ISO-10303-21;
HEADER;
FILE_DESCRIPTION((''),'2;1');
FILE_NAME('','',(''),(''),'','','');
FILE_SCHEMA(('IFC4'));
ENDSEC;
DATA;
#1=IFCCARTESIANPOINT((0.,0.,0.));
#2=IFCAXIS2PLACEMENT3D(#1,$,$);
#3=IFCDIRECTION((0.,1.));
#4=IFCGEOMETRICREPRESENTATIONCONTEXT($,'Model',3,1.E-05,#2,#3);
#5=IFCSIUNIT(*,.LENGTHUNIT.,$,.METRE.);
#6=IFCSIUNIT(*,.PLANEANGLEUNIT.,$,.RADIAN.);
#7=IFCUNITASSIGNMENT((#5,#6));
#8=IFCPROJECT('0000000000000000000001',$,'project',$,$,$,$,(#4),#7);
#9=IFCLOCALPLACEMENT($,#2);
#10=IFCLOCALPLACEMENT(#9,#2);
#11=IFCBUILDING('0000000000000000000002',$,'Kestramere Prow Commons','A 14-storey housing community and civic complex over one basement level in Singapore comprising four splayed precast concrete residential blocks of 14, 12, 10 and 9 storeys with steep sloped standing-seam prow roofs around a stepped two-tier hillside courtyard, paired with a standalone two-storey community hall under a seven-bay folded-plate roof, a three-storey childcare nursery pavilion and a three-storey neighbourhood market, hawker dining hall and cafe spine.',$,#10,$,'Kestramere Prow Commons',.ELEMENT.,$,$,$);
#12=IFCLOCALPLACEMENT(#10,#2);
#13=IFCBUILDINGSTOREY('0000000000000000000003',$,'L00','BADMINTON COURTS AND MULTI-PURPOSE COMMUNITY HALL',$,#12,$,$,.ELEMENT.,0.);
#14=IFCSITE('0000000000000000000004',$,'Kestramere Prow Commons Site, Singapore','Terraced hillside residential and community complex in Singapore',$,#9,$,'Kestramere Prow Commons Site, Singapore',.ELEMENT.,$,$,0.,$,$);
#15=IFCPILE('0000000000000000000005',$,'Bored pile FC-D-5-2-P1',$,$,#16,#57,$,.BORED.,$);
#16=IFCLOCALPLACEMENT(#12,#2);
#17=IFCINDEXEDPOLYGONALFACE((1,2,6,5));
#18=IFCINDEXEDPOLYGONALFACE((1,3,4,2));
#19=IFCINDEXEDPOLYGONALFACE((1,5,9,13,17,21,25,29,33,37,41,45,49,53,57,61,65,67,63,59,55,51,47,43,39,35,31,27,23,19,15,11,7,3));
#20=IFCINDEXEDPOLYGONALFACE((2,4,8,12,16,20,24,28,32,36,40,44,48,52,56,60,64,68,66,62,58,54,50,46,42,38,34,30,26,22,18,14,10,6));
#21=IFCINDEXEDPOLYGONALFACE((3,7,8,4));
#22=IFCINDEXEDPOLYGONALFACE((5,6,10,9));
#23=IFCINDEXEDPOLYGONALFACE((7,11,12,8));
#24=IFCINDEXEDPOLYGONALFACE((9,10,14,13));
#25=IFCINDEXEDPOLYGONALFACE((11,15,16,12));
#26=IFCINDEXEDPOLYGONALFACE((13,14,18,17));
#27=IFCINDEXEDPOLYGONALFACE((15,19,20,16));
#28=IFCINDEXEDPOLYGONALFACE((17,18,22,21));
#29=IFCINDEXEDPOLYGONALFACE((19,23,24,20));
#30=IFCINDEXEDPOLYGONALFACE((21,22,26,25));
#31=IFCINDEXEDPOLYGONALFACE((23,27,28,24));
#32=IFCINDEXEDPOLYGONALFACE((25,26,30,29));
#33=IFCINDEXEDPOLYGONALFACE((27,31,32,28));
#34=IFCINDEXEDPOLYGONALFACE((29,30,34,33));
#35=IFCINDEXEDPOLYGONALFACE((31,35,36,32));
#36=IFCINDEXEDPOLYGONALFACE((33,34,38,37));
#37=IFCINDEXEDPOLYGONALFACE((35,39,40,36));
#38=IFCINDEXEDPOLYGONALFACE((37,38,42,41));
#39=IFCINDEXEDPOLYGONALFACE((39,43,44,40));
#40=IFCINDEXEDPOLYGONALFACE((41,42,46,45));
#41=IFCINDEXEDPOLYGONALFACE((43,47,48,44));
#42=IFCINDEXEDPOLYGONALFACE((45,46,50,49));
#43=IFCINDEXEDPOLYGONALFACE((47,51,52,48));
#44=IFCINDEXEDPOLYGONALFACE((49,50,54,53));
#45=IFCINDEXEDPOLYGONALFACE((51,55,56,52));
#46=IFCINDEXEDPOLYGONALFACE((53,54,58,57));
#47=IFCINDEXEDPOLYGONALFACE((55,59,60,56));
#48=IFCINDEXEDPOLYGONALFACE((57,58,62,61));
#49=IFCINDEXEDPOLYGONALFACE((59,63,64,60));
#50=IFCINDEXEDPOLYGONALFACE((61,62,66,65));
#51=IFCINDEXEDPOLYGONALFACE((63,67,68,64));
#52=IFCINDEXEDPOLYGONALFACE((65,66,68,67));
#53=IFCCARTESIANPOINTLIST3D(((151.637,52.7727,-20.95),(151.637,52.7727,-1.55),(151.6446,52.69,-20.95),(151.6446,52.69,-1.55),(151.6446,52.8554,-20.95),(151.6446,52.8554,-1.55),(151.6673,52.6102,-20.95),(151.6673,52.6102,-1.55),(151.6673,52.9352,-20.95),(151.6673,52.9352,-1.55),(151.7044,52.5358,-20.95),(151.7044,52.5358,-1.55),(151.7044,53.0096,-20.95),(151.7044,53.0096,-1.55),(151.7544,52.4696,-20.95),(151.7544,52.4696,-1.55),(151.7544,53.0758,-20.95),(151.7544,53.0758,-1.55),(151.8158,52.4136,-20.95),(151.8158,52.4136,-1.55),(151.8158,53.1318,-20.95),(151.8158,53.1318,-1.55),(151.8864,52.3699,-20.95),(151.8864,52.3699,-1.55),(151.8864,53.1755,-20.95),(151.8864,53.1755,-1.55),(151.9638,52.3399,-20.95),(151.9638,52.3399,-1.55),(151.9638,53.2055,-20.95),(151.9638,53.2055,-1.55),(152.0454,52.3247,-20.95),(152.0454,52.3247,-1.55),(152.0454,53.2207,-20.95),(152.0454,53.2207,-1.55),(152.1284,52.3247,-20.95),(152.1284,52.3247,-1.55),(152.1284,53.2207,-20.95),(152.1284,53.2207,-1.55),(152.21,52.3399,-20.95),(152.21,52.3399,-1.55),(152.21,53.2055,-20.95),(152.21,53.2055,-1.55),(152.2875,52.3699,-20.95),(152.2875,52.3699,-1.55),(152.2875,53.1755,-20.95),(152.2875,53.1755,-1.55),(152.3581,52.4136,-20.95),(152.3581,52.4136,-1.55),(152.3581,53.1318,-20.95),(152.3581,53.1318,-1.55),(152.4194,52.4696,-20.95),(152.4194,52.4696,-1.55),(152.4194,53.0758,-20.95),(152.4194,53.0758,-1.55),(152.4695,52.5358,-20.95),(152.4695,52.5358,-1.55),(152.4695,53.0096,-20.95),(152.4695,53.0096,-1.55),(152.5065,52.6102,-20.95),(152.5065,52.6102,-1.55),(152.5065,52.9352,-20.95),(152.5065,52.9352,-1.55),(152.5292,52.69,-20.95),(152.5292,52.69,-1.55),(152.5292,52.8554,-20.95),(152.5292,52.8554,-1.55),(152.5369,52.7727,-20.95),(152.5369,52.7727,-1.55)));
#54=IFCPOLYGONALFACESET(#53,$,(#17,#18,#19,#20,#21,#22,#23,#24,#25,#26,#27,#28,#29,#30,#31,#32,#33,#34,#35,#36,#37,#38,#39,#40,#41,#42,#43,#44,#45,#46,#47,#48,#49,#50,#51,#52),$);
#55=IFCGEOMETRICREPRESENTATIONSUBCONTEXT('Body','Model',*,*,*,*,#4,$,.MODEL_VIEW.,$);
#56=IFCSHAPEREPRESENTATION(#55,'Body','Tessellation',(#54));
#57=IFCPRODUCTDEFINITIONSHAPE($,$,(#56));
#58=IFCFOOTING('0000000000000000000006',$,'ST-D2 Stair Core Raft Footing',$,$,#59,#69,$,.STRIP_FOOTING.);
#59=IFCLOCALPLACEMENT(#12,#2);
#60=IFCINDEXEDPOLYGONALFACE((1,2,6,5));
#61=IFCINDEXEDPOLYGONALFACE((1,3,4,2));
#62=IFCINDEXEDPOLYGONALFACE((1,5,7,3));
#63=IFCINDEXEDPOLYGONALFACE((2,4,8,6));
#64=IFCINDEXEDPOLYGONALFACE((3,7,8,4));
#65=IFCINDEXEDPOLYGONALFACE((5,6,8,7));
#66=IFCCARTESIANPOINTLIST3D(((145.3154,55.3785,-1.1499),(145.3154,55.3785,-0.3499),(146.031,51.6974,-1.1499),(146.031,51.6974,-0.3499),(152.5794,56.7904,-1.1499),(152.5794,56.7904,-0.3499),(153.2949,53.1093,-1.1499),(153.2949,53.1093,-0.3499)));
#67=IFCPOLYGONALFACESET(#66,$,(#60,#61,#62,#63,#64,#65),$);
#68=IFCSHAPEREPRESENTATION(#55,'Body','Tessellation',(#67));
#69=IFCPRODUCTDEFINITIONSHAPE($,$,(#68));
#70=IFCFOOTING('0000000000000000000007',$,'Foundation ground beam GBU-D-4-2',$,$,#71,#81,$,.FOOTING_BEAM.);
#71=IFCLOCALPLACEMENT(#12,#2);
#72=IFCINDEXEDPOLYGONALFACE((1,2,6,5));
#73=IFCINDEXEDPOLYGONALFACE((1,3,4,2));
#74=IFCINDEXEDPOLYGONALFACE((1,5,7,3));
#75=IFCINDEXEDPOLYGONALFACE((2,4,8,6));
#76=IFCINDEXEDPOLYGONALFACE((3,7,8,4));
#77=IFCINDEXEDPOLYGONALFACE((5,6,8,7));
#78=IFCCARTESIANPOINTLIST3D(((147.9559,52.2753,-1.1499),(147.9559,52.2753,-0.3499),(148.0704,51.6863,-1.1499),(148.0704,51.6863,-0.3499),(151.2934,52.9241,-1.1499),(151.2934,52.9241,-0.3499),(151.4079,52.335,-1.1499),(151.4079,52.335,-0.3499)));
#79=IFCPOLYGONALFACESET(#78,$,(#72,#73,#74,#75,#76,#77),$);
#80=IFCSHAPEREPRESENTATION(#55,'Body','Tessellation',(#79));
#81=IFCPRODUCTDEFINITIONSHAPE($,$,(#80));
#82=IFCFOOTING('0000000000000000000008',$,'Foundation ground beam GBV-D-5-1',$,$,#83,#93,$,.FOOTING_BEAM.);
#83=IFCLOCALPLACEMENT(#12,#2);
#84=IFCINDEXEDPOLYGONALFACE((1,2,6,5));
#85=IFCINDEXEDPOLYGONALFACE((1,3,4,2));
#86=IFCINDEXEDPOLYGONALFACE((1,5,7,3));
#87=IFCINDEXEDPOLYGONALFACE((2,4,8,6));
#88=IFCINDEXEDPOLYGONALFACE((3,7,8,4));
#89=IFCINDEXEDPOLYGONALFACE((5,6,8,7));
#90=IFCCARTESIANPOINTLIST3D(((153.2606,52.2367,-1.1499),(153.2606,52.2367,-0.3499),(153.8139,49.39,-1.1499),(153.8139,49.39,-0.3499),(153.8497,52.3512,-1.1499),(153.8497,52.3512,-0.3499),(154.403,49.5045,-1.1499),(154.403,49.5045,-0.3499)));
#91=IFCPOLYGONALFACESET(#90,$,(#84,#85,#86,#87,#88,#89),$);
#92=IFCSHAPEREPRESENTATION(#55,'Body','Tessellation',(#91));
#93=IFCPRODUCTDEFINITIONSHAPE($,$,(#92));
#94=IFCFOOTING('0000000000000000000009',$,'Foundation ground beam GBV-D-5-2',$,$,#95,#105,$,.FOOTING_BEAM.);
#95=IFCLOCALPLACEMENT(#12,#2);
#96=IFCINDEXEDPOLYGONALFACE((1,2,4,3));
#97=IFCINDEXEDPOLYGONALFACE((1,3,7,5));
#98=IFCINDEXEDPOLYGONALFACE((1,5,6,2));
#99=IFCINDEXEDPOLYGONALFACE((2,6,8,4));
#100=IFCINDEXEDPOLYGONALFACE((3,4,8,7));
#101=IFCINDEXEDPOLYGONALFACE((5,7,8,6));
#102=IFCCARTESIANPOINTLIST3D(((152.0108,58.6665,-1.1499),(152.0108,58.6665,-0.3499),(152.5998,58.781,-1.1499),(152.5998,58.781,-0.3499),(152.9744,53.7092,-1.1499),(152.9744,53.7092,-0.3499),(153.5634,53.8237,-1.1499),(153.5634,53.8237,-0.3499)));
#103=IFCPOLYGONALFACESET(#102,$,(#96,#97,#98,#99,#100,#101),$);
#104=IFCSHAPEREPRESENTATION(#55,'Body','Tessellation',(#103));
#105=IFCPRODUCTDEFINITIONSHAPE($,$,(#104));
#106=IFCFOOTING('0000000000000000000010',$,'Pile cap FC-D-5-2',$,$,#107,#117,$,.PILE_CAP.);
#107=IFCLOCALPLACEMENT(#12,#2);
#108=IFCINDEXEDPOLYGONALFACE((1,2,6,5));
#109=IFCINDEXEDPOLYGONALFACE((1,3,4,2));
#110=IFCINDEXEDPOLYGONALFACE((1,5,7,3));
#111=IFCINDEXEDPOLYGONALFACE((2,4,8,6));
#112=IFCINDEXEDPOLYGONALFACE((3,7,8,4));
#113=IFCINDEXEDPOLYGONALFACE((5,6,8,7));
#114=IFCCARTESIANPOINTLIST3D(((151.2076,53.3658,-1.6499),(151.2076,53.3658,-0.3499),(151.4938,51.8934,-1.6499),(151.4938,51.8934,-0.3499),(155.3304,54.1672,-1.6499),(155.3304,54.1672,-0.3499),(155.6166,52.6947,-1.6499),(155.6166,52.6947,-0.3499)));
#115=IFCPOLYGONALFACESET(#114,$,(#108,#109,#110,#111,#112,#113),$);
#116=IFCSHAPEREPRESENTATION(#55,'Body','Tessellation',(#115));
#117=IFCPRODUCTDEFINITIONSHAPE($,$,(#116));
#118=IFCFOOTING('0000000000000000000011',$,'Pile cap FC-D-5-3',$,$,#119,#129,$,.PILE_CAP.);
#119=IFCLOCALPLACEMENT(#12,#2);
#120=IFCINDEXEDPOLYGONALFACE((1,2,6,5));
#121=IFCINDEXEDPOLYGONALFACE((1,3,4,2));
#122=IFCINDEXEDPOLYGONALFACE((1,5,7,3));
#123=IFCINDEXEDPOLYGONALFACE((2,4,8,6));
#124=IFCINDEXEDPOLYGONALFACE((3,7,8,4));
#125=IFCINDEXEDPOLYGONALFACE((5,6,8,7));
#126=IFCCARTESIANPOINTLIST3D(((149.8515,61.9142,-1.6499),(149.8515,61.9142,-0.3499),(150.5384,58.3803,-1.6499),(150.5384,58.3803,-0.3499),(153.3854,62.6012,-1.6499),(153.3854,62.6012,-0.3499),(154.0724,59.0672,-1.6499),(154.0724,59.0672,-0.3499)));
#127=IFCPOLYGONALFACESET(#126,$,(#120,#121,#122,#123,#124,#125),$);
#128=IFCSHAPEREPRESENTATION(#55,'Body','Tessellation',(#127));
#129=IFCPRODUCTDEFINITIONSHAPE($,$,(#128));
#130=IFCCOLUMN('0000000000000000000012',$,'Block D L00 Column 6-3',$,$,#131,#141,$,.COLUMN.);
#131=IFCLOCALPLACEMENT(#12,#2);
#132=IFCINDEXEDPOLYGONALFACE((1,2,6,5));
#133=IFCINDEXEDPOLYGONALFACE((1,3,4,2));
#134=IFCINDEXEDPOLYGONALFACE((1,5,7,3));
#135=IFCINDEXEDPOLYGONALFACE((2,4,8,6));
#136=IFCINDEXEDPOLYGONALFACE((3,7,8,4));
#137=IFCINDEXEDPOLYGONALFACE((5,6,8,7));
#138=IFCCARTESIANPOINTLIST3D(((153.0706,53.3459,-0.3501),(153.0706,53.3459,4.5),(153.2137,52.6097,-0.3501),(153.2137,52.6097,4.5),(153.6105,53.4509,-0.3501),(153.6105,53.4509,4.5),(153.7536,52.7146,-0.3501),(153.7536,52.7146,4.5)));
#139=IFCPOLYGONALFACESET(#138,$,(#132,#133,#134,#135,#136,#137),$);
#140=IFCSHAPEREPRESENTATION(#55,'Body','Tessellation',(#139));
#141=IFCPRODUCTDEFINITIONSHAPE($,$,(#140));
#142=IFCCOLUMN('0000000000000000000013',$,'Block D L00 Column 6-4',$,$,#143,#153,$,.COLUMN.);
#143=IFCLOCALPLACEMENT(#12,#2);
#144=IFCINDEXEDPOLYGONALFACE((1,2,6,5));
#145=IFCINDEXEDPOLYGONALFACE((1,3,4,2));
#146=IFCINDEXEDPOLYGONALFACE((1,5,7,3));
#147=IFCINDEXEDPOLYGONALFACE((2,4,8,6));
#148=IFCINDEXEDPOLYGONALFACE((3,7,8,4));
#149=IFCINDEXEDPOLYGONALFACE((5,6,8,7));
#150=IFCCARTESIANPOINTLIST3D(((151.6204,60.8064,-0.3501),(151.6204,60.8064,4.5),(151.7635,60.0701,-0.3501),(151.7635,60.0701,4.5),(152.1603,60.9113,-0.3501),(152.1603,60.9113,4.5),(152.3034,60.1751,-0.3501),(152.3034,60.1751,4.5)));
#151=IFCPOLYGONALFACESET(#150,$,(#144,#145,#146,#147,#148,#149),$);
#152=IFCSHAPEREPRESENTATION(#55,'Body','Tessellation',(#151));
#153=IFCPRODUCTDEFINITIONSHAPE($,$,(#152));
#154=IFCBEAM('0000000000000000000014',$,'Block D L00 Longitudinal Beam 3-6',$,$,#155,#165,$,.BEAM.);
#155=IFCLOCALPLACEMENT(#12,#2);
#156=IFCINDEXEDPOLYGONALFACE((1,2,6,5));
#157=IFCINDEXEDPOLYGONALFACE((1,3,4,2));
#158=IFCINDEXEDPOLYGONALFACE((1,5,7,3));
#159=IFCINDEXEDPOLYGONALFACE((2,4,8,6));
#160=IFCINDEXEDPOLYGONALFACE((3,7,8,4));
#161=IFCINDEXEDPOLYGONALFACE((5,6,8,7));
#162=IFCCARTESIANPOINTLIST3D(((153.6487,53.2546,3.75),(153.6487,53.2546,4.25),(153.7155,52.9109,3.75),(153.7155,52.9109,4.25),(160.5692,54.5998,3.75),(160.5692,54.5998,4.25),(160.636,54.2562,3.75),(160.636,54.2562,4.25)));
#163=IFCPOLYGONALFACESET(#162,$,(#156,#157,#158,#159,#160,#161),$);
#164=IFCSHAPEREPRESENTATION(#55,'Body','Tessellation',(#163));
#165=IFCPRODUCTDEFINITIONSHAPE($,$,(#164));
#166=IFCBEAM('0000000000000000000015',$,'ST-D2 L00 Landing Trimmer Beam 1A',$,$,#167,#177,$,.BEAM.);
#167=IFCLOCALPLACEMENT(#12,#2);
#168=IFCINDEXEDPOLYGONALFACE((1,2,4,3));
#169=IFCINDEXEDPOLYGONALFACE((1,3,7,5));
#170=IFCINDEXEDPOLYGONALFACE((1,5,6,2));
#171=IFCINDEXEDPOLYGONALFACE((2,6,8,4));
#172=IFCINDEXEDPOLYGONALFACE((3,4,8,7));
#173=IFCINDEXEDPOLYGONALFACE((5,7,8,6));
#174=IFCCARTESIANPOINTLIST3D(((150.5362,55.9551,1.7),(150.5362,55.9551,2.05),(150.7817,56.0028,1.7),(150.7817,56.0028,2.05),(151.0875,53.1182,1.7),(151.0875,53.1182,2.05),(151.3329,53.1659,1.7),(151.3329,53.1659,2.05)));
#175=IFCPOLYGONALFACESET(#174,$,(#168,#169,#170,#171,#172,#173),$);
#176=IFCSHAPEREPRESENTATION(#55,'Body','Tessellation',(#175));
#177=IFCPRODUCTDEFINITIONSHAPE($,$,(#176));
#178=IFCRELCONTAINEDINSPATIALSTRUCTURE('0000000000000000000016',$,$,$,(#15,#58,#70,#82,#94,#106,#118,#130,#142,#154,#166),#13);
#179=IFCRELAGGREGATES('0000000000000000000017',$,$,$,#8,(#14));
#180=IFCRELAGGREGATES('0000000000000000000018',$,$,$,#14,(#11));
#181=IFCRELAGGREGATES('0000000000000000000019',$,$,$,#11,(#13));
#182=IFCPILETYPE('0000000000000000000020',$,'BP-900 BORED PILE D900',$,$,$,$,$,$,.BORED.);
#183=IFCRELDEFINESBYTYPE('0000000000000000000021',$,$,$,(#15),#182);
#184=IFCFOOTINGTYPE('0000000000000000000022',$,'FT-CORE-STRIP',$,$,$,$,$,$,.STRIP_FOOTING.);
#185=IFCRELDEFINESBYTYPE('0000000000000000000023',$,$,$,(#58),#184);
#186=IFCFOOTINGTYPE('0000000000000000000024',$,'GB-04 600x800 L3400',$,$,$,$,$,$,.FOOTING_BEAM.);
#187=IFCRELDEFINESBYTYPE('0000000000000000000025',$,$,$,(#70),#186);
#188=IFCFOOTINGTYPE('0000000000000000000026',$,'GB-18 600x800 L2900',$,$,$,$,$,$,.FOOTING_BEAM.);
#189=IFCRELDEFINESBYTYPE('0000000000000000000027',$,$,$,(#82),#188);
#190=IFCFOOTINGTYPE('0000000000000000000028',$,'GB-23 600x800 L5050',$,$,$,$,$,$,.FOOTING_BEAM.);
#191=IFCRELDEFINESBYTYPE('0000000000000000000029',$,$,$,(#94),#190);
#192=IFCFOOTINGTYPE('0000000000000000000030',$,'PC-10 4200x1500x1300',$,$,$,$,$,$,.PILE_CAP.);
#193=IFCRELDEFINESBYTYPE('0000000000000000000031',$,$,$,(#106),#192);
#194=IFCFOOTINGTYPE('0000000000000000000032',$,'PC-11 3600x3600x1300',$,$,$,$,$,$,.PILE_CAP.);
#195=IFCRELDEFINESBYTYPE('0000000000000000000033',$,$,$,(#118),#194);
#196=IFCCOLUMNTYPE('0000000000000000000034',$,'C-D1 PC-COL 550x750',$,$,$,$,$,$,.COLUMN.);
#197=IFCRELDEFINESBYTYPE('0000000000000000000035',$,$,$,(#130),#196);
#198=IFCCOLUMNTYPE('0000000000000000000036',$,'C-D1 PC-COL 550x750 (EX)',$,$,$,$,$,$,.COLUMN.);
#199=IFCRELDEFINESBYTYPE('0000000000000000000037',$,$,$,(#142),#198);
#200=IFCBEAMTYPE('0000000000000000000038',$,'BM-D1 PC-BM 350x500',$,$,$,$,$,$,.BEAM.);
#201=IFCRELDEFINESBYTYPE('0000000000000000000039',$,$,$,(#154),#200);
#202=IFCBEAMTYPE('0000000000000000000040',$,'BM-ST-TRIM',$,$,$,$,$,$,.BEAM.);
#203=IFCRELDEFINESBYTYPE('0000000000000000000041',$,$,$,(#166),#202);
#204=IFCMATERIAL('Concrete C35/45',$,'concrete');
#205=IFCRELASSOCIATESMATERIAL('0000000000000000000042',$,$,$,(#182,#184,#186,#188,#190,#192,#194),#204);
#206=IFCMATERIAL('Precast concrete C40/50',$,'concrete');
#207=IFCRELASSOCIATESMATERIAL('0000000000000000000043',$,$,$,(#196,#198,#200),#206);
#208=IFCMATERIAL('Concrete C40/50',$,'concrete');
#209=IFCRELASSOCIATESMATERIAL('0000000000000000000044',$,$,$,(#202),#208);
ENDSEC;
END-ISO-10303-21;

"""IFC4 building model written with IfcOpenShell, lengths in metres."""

from ifc_helpers import new_model, si_unit, direction, frame, origin, origin_2d, place, context, subcontext, project, spatial, rectangle, circle, extrude, material, material_profile, profile_set, type_object, element, save


model = new_model("IFC4")

# Units and contexts
model_context = context("Model", 3, precision=1e-05, world=origin(), true_north=direction((0.0, 1.0)))
body_context = subcontext(model_context, "Body", "Model", "MODEL_VIEW")
ifc_project = project(units=[si_unit("LENGTHUNIT", "METRE"), si_unit("PLANEANGLEUNIT", "RADIAN")], contexts=[model_context])

# Site, building, storey
site_placement = place(None, origin())
site = spatial("IfcSite", under=ifc_project, at=site_placement, Name="Kestramere Prow Commons Site, Singapore", Description="Terraced hillside residential and community complex in Singapore", LongName="Kestramere Prow Commons Site, Singapore", CompositionType="ELEMENT", RefElevation=0.0)
building_placement = place(site_placement, origin())
building = spatial("IfcBuilding", under=site, at=building_placement, Name="Kestramere Prow Commons", Description="A 14-storey housing community and civic complex over one basement level in Singapore comprising four splayed precast concrete residential blocks of 14, 12, 10 and 9 storeys with steep sloped standing-seam prow roofs around a stepped two-tier hillside courtyard, paired with a standalone two-storey community hall under a seven-bay folded-plate roof, a three-storey childcare nursery pavilion and a three-storey neighbourhood market, hawker dining hall and cafe spine.", LongName="Kestramere Prow Commons", CompositionType="ELEMENT")
storey_placement = place(building_placement, origin())
storey = spatial("IfcBuildingStorey", under=building, at=storey_placement, Name="L00", Description="BADMINTON COURTS AND MULTI-PURPOSE COMMUNITY HALL", CompositionType="ELEMENT", Elevation=0.0)

# Pile
ifc_material_1 = material(Name="Concrete C35/45", Category="concrete")
ifc_material_profile_1 = material_profile(ifc_material_1, circle(Radius=0.45, at=origin_2d()), Name="BORED PILE D900")
ifc_profile_set_1 = profile_set([ifc_material_profile_1], Name="Concrete C35/45")
pile_type_1 = type_object("IfcPileType", Name="BP-900 BORED PILE D900", PredefinedType="BORED", material=ifc_profile_set_1)
pile_placement = place(storey_placement, frame((152.0869, 52.7727, -1.55), z_axis=(0.0, 0.0, -1.0), x_axis=(1.0, 0.0, 0.0)))
element("IfcPile", 1, at=pile_placement, inside=storey, type_object=pile_type_1, Name="Bored pile FC-D-5-2-P1", PredefinedType="BORED", context=body_context, shape_type="SweptSolid", body=[
    extrude(circle(Radius=0.45, at=origin_2d()), origin(), (0.0, 0.0, 1.0), 19.3999),
])

# Footings
footing_type_1 = type_object("IfcFootingType", Name="FT-CORE-STRIP", PredefinedType="STRIP_FOOTING", material=ifc_material_1)
footing_1_placement = place(storey_placement, frame((149.3052, 54.2439, -1.1499), z_axis=(0.0, 0.0, 1.0), x_axis=(0.981627, 0.190809, 0.0)))
element("IfcFooting", 2, at=footing_1_placement, inside=storey, type_object=footing_type_1, Name="ST-D2 Stair Core Raft Footing", PredefinedType="STRIP_FOOTING", context=body_context, shape_type="SweptSolid", body=[
    extrude(rectangle(XDim=7.3999, YDim=3.75, at=origin_2d()), origin(), (0.0, 0.0, 1.0), 0.8),
])
footing_type_2 = type_object("IfcFootingType", Name="GB-04 600x800 L3400", PredefinedType="FOOTING_BEAM", material=ifc_material_1)
footing_2_placement = place(storey_placement, frame((149.6819, 52.3052, -1.1499), z_axis=(0.0, 0.0, 1.0), x_axis=(0.981627, 0.190809, 0.0)))
element("IfcFooting", 3, at=footing_2_placement, inside=storey, type_object=footing_type_2, Name="Foundation ground beam GBU-D-4-2", PredefinedType="FOOTING_BEAM", context=body_context, shape_type="SweptSolid", body=[
    extrude(rectangle(XDim=3.3999, YDim=0.6001, at=origin_2d()), origin(), (0.0, 0.0, 1.0), 0.8),
])
footing_type_3 = type_object("IfcFootingType", Name="GB-18 600x800 L2900", PredefinedType="FOOTING_BEAM", material=ifc_material_1)
footing_3_placement = place(storey_placement, frame((153.8318, 50.8706, -1.1499), z_axis=(0.0, 0.0, 1.0), x_axis=(-0.190809, 0.981627, 0.0)))
element("IfcFooting", 4, at=footing_3_placement, inside=storey, type_object=footing_type_3, Name="Foundation ground beam GBV-D-5-1", PredefinedType="FOOTING_BEAM", context=body_context, shape_type="SweptSolid", body=[
    extrude(rectangle(XDim=2.8999, YDim=0.6001, at=origin_2d()), origin(), (0.0, 0.0, 1.0), 0.8),
])
footing_type_4 = type_object("IfcFootingType", Name="GB-23 600x800 L5050", PredefinedType="FOOTING_BEAM", material=ifc_material_1)
footing_4_placement = place(storey_placement, frame((152.7871, 56.2451, -1.1499), z_axis=(0.0, 0.0, 1.0), x_axis=(-0.190809, 0.981627, 0.0)))
element("IfcFooting", 5, at=footing_4_placement, inside=storey, type_object=footing_type_4, Name="Foundation ground beam GBV-D-5-2", PredefinedType="FOOTING_BEAM", context=body_context, shape_type="SweptSolid", body=[
    extrude(rectangle(XDim=5.05, YDim=0.6001, at=origin_2d()), origin(), (0.0, 0.0, 1.0), 0.8),
])
footing_type_5 = type_object("IfcFootingType", Name="PC-10 4200x1500x1300", PredefinedType="PILE_CAP", material=ifc_material_1)
footing_5_placement = place(storey_placement, frame((153.4121, 53.0303, -1.6499), z_axis=(0.0, 0.0, 1.0), x_axis=(0.981627, 0.190809, 0.0)))
element("IfcFooting", 6, at=footing_5_placement, inside=storey, type_object=footing_type_5, Name="Pile cap FC-D-5-2", PredefinedType="PILE_CAP", context=body_context, shape_type="SweptSolid", body=[
    extrude(rectangle(XDim=4.2, YDim=1.5, at=origin_2d()), origin(), (0.0, 0.0, 1.0), 1.3),
])
footing_type_6 = type_object("IfcFootingType", Name="PC-11 3600x3600x1300", PredefinedType="PILE_CAP", material=ifc_material_1)
footing_6_placement = place(storey_placement, frame((151.9619, 60.4907, -1.6499), z_axis=(0.0, 0.0, 1.0), x_axis=(0.981627, 0.190809, 0.0)))
element("IfcFooting", 7, at=footing_6_placement, inside=storey, type_object=footing_type_6, Name="Pile cap FC-D-5-3", PredefinedType="PILE_CAP", context=body_context, shape_type="SweptSolid", body=[
    extrude(rectangle(XDim=3.6001, YDim=3.6001, at=origin_2d()), origin(), (0.0, 0.0, 1.0), 1.3),
])

# Columns
ifc_material_2 = material(Name="Precast concrete C40/50", Category="concrete")
ifc_material_profile_2 = material_profile(ifc_material_2, rectangle(XDim=0.55, YDim=0.75, at=origin_2d()), Name="PC-COL 550x750")
ifc_profile_set_2 = profile_set([ifc_material_profile_2], Name="Precast concrete C40/50")
column_type_1 = type_object("IfcColumnType", Name="C-D1 PC-COL 550x750", PredefinedType="COLUMN", material=ifc_profile_set_2)
column_1_placement = place(storey_placement, frame((153.4121, 53.0303, -0.3501), z_axis=(0.0, 0.0, 1.0), x_axis=(0.981627, 0.190809, 0.0)))
element("IfcColumn", 8, at=column_1_placement, inside=storey, type_object=column_type_1, Name="Block D L00 Column 6-3", PredefinedType="COLUMN", context=body_context, shape_type="SweptSolid", body=[
    extrude(rectangle(XDim=0.55, YDim=0.75, at=origin_2d()), origin(), (0.0, 0.0, 1.0), 4.8501),
])
ifc_material_profile_3 = material_profile(ifc_material_2, rectangle(XDim=0.55, YDim=0.75, at=origin_2d()), Name="PC-COL 550x750")
ifc_profile_set_3 = profile_set([ifc_material_profile_3], Name="Precast concrete C40/50")
column_type_2 = type_object("IfcColumnType", Name="C-D1 PC-COL 550x750 (EX)", PredefinedType="COLUMN", material=ifc_profile_set_3)
column_2_placement = place(storey_placement, frame((151.9619, 60.4907, -0.3501), z_axis=(0.0, 0.0, 1.0), x_axis=(0.981627, 0.190809, 0.0)))
element("IfcColumn", 9, at=column_2_placement, inside=storey, type_object=column_type_2, Name="Block D L00 Column 6-4", PredefinedType="COLUMN", context=body_context, shape_type="SweptSolid", body=[
    extrude(rectangle(XDim=0.55, YDim=0.75, at=origin_2d()), origin(), (0.0, 0.0, 1.0), 4.8501),
])

# Beams
ifc_material_profile_4 = material_profile(ifc_material_2, rectangle(XDim=0.3501, YDim=0.5, at=origin_2d()), Name="PC-BM 350x500")
ifc_profile_set_4 = profile_set([ifc_material_profile_4], Name="Precast concrete C40/50")
beam_type_1 = type_object("IfcBeamType", Name="BM-D1 PC-BM 350x500", PredefinedType="BEAM", material=ifc_profile_set_4)
beam_1_placement = place(storey_placement, frame((153.6821, 53.0828, 4.0), z_axis=(0.981627, 0.190812, 0.0), x_axis=(-0.190812, 0.981627, 0.0)))
element("IfcBeam", 10, at=beam_1_placement, inside=storey, type_object=beam_type_1, Name="Block D L00 Longitudinal Beam 3-6", PredefinedType="BEAM", context=body_context, shape_type="SweptSolid", body=[
    extrude(rectangle(XDim=0.3501, YDim=0.5, at=origin_2d()), origin(), (0.0, 0.0, 1.0), 7.05),
])
ifc_material_3 = material(Name="Concrete C40/50", Category="concrete")
ifc_material_profile_5 = material_profile(ifc_material_3, rectangle(XDim=0.25, YDim=0.3501, at=origin_2d()), Name="PC-BM 250x350")
ifc_profile_set_5 = profile_set([ifc_material_profile_5], Name="Concrete C40/50")
beam_type_2 = type_object("IfcBeamType", Name="BM-ST-TRIM", PredefinedType="BEAM", material=ifc_profile_set_5)
for number, where, z_axis, x_axis, name in (
    (11, (151.2102, 53.1421, 1.875), (-0.190752, 0.981638, 0.0), (-0.981638, -0.190752, 0.0), "ST-D2 L00 Landing Trimmer Beam 1A"),
):
    element("IfcBeam", number, at=place(storey_placement, frame(where, z_axis=z_axis, x_axis=x_axis)), inside=storey, type_object=beam_type_2, Name=name, PredefinedType="BEAM", context=body_context, shape_type="SweptSolid", body=[
        extrude(rectangle(XDim=0.25, YDim=0.3501, at=origin_2d()), origin(), (0.0, 0.0, 1.0), 2.8899),
    ])

save(model, "model.ifc")
